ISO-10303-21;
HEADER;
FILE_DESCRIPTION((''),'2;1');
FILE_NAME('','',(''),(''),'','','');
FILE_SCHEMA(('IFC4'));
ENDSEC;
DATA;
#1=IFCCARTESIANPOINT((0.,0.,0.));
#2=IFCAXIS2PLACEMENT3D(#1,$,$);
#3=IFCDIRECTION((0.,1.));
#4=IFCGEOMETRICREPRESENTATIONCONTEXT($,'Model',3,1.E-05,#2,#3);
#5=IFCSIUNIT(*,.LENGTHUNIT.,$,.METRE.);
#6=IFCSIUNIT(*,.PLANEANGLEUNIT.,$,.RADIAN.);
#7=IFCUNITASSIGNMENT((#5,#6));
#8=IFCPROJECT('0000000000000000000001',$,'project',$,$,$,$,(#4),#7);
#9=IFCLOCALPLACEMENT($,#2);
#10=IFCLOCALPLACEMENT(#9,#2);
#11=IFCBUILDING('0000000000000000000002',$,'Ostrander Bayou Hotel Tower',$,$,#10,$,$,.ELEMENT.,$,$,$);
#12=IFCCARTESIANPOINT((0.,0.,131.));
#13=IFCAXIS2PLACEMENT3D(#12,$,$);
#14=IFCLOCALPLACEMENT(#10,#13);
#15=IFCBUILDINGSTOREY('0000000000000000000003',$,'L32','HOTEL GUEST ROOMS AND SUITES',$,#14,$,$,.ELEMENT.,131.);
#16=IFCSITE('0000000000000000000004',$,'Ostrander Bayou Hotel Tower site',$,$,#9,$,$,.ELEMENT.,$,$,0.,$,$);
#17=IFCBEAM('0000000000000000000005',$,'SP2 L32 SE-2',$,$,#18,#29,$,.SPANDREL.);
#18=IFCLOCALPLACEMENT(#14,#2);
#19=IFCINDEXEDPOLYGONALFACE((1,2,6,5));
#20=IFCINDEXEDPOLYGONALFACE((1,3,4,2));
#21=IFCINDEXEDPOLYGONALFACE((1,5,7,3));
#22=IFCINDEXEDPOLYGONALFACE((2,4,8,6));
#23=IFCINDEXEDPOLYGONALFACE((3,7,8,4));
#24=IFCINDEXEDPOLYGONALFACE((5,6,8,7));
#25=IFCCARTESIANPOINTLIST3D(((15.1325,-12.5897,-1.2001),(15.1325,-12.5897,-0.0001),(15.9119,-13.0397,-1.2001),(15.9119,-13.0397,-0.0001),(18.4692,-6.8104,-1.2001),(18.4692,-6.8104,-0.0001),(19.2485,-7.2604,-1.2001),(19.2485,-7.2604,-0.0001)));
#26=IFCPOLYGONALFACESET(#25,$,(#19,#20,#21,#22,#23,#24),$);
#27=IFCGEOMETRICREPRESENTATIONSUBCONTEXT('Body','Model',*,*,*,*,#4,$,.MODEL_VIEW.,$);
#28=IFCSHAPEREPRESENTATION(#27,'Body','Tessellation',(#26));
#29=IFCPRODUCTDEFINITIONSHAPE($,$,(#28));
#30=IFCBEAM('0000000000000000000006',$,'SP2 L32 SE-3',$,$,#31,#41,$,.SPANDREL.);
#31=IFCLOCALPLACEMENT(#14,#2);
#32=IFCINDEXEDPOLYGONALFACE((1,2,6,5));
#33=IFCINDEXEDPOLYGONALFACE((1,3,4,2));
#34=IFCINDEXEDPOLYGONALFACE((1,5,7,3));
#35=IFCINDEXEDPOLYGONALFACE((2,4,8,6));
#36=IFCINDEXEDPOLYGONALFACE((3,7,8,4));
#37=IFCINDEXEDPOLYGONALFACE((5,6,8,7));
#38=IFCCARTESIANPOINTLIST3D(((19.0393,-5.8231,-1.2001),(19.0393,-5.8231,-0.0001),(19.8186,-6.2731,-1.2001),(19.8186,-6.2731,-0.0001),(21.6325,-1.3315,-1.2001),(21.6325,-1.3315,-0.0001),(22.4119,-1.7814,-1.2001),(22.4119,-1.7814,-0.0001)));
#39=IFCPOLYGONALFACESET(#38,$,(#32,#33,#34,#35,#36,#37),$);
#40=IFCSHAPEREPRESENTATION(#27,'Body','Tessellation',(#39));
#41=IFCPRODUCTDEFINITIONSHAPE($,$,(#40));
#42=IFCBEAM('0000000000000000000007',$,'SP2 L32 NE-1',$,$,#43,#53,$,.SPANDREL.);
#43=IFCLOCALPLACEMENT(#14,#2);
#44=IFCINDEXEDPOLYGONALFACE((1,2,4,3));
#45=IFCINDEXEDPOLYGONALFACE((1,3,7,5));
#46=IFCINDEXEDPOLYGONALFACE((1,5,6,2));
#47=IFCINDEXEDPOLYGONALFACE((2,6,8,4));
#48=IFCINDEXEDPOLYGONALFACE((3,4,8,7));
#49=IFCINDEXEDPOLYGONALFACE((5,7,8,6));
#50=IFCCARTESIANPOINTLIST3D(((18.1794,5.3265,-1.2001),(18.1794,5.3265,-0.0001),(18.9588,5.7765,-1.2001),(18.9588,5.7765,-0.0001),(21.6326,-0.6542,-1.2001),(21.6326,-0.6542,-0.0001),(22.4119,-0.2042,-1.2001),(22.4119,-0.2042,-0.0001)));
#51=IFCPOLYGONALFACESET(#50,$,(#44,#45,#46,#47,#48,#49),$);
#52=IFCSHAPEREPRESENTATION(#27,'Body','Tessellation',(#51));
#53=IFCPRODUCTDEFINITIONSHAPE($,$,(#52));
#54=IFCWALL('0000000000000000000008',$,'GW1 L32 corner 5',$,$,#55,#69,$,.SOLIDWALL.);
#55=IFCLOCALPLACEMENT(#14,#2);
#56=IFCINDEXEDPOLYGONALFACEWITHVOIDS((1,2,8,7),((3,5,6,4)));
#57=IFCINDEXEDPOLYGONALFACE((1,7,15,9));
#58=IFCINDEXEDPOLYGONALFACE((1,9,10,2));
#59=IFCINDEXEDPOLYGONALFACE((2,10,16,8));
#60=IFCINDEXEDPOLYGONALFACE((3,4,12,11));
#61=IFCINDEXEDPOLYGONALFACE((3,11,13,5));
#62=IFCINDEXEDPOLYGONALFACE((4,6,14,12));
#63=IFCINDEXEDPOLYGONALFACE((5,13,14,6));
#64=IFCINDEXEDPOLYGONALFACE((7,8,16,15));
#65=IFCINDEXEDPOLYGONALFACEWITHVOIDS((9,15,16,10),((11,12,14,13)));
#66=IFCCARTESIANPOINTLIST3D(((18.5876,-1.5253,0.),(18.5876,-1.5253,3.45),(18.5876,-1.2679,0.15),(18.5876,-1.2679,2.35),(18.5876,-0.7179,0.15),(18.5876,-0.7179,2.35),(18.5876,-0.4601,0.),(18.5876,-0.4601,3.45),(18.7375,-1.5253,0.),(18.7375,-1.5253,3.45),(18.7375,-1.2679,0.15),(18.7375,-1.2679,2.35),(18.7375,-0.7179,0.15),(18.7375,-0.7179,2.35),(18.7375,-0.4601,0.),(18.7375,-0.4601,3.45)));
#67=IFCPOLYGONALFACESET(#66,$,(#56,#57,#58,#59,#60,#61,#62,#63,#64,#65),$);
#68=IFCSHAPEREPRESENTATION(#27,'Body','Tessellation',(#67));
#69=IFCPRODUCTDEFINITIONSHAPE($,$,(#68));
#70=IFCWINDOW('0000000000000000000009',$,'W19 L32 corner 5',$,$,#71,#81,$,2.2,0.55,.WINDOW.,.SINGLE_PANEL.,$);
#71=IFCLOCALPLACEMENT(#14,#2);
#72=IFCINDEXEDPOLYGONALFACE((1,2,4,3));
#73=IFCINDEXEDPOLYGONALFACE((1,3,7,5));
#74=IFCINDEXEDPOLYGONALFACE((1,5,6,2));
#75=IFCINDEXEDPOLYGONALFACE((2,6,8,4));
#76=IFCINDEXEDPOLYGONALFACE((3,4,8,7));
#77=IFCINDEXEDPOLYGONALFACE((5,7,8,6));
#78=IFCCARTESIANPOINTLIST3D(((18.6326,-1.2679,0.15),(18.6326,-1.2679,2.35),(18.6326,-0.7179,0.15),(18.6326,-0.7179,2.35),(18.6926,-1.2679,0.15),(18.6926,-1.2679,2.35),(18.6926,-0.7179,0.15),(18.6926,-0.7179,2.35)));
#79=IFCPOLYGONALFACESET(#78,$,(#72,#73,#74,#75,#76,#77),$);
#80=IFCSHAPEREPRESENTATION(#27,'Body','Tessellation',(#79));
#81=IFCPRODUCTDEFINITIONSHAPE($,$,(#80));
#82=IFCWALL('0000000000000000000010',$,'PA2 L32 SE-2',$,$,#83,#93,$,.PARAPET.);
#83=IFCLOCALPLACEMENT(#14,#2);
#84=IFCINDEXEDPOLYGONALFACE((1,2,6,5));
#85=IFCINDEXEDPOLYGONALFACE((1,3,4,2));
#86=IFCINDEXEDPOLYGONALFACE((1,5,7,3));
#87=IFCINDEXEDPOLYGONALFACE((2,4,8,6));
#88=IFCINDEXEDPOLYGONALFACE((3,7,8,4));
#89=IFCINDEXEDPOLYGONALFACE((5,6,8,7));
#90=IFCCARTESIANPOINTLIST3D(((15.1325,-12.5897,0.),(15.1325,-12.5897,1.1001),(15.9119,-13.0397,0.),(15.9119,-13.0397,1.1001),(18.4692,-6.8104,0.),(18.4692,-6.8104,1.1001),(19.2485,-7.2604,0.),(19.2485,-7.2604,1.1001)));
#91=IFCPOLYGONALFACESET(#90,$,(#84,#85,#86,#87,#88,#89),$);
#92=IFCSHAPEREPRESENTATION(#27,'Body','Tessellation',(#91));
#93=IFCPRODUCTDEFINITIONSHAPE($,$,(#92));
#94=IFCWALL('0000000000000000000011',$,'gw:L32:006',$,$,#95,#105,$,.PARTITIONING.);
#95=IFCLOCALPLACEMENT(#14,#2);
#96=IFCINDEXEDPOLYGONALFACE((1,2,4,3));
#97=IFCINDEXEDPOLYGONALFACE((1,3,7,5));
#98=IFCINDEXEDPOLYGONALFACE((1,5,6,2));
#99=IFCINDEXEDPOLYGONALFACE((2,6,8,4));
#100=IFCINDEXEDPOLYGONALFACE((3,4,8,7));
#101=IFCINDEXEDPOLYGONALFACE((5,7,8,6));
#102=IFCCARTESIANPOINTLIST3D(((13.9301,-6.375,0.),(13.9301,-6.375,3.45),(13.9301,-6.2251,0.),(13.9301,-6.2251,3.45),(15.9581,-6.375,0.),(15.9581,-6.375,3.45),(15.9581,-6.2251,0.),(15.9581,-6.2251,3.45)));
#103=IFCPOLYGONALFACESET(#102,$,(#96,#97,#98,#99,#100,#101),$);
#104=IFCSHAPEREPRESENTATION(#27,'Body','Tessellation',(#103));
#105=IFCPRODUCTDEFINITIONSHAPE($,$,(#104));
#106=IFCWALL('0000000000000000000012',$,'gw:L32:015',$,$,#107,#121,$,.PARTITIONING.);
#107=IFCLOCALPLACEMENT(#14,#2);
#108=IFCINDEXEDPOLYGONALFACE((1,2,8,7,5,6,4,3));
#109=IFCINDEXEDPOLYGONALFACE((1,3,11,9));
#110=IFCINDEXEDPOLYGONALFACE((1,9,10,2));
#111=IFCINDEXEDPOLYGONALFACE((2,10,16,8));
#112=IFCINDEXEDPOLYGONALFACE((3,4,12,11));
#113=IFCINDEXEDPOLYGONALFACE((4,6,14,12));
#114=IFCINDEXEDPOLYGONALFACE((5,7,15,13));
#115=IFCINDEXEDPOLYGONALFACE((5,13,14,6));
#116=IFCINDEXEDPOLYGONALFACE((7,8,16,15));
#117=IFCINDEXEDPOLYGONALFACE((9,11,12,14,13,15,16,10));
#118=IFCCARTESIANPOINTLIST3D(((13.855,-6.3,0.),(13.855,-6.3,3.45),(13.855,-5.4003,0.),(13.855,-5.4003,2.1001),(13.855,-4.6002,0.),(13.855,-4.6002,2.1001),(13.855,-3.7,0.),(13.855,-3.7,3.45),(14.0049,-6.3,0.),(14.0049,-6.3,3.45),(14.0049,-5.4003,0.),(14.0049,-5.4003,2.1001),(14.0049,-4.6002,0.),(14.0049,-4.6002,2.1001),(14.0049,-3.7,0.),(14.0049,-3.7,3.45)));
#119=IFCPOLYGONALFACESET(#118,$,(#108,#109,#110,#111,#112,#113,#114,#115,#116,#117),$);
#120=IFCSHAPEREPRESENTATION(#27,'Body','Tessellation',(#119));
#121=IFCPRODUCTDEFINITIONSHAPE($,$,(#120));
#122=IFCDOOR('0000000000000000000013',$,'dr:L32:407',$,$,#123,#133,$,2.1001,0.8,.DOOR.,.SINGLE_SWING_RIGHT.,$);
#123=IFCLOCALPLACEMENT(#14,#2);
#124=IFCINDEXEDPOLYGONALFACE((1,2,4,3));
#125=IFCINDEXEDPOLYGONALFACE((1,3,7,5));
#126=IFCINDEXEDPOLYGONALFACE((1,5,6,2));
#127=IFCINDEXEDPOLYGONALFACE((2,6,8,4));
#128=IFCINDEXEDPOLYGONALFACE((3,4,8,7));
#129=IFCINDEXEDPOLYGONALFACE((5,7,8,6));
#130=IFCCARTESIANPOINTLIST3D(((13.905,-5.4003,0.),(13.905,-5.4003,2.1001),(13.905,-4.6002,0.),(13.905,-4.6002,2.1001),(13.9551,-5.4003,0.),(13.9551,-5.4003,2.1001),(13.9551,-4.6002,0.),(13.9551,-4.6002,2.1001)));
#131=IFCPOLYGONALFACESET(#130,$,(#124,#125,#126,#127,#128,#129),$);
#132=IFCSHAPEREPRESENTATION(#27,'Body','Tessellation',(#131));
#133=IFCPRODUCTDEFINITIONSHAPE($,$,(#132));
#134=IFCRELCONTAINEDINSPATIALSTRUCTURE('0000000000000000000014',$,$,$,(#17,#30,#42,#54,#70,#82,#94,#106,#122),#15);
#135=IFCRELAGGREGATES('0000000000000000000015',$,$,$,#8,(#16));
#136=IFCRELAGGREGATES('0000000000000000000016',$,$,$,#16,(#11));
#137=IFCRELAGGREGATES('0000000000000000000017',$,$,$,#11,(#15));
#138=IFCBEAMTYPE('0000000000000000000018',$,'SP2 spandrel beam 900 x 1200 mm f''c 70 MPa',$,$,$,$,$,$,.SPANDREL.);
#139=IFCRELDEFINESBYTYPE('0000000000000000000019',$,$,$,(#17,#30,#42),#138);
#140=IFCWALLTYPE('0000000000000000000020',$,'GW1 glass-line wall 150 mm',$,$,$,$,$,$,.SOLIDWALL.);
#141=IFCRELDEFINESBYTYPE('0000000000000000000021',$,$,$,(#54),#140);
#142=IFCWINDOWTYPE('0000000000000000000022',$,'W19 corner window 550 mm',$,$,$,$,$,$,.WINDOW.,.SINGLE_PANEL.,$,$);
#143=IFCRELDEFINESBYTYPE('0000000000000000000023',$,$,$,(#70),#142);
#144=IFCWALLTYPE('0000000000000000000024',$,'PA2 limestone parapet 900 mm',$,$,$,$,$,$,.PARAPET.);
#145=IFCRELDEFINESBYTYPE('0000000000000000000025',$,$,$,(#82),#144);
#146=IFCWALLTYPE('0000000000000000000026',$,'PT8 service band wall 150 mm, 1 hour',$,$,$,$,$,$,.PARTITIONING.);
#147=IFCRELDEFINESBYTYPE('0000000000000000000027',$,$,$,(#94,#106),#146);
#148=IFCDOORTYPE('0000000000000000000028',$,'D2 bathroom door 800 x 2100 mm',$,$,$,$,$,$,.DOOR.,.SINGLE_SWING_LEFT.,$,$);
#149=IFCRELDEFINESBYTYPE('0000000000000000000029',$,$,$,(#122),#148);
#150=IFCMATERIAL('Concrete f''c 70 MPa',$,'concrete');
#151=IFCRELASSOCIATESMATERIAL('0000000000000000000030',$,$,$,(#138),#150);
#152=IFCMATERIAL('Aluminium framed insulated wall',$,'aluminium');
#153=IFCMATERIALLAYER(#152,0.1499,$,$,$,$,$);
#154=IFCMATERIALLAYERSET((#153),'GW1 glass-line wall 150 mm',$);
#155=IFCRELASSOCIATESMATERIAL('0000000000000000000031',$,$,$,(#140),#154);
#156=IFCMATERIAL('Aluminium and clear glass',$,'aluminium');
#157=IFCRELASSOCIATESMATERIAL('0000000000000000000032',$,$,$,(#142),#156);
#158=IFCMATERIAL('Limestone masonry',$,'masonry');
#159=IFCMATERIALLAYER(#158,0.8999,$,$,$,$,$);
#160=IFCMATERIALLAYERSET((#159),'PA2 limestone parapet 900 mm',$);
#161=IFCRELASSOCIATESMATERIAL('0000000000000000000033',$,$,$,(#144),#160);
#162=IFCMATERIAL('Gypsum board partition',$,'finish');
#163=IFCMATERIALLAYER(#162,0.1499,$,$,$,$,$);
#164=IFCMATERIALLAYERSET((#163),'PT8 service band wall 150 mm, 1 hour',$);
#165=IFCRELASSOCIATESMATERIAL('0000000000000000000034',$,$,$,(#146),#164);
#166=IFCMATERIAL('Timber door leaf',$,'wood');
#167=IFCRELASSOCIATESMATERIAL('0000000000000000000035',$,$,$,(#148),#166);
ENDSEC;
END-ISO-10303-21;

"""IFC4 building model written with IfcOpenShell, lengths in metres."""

from ifc_helpers import new_model, si_unit, direction, frame, frame_2d, origin, origin_2d, place, context, subcontext, project, spatial, rectangle, extrude, material, layer, layer_set, material_profile, profile_set, type_object, element, fill, save


model = new_model("IFC4")

# Units and contexts
model_context = context("Model", 3, precision=1e-05, world=origin(), true_north=direction((0.0, 1.0)))
body_context = subcontext(model_context, "Body", "Model", "MODEL_VIEW")
ifc_project = project(units=[si_unit("LENGTHUNIT", "METRE"), si_unit("PLANEANGLEUNIT", "RADIAN")], contexts=[model_context])

# Site, building, storey
site_placement = place(None, origin())
site = spatial("IfcSite", under=ifc_project, at=site_placement, Name="Ostrander Bayou Hotel Tower site", CompositionType="ELEMENT", RefElevation=0.0)
building_placement = place(site_placement, origin())
building = spatial("IfcBuilding", under=site, at=building_placement, Name="Ostrander Bayou Hotel Tower", CompositionType="ELEMENT")
storey_placement = place(building_placement, frame((0.0, 0.0, 131.0)))
storey = spatial("IfcBuildingStorey", under=building, at=storey_placement, Name="L32", Description="HOTEL GUEST ROOMS AND SUITES", CompositionType="ELEMENT", Elevation=131.0)

# Beams
ifc_material_1 = material(Name="Concrete f'c 70 MPa", Category="concrete")
ifc_material_profile_1 = material_profile(ifc_material_1, rectangle(XDim=0.8999, YDim=1.2, at=origin_2d()))
ifc_profile_set_1 = profile_set([ifc_material_profile_1], Name="Concrete f'c 70 MPa")
beam_type_1 = type_object("IfcBeamType", Name="SP2 spandrel beam 900 x 1200 mm f'c 70 MPa", PredefinedType="SPANDREL", material=ifc_profile_set_1)
beam_1_placement = place(storey_placement, frame((15.5222, -12.8147, -0.6001), z_axis=(0.499999, 0.866026, 0.0), x_axis=(-0.866026, 0.499999, 0.0)))
element("IfcBeam", 1, at=beam_1_placement, inside=storey, type_object=beam_type_1, Name="SP2 L32 SE-2", PredefinedType="SPANDREL", context=body_context, shape_type="SweptSolid", body=[
    extrude(rectangle(XDim=0.8999, YDim=1.2, at=origin_2d()), origin(), (0.0, 0.0, 1.0), 6.6733),
])
beam_2_placement = place(storey_placement, frame((19.429, -6.0481, -0.6001), z_axis=(0.499997, 0.866027, 0.0), x_axis=(-0.866027, 0.499997, 0.0)))
element("IfcBeam", 2, at=beam_2_placement, inside=storey, type_object=beam_type_1, Name="SP2 L32 SE-3", PredefinedType="SPANDREL", context=body_context, shape_type="SweptSolid", body=[
    extrude(rectangle(XDim=0.8999, YDim=1.2, at=origin_2d()), origin(), (0.0, 0.0, 1.0), 5.1865),
])
beam_3_placement = place(storey_placement, frame((22.0222, -0.4292, -0.6001), z_axis=(-0.500017, 0.866015, 0.0), x_axis=(-0.866015, -0.500017, 0.0)))
element("IfcBeam", 3, at=beam_3_placement, inside=storey, type_object=beam_type_1, Name="SP2 L32 NE-1", PredefinedType="SPANDREL", context=body_context, shape_type="SweptSolid", body=[
    extrude(rectangle(XDim=0.8999, YDim=1.2, at=origin_2d()), origin(), (0.0, 0.0, 1.0), 6.906),
])

# Wall, opening, window
ifc_material_2 = material(Name="Aluminium framed insulated wall", Category="aluminium")
ifc_layer_1 = layer(ifc_material_2, 0.1499)
ifc_layer_set_1 = layer_set([ifc_layer_1], Name="GW1 glass-line wall 150 mm")
wall_type_1 = type_object("IfcWallType", Name="GW1 glass-line wall 150 mm", PredefinedType="SOLIDWALL", material=ifc_layer_set_1)
wall_1_placement = place(storey_placement, frame((18.6626, -1.5254, 0.0), z_axis=(0.0, 0.0, 1.0), x_axis=(0.0, 1.0, 0.0)))
wall_1 = element("IfcWall", 4, at=wall_1_placement, inside=storey, type_object=wall_type_1, Name="GW1 L32 corner 5", PredefinedType="SOLIDWALL", context=body_context, shape_type="SweptSolid", body=[
    extrude(rectangle(XDim=1.0652, YDim=0.1499, at=frame_2d((0.5327, 0.0))), origin(), (0.0, 0.0, 1.0), 3.45),
])
opening_1_placement = place(wall_1_placement, frame((0.2576, 0.0, 0.1499)))
opening_1 = element("IfcOpeningElement", 5, at=opening_1_placement, cuts=wall_1, PredefinedType="OPENING", context=body_context, shape_type="SweptSolid", body=[
    extrude(rectangle(XDim=0.55, YDim=2.2, at=frame_2d((0.2749, 1.1001))), frame((0.0, 0.075, 0.0), z_axis=(0.0, -1.0, 0.0), x_axis=(1.0, 0.0, 0.0)), (0.0, 0.0, 1.0), 0.1499),
])
ifc_material_3 = material(Name="Aluminium and clear glass", Category="aluminium")
window_type = type_object("IfcWindowType", Name="W19 corner window 550 mm", PartitioningType="SINGLE_PANEL", PredefinedType="WINDOW", material=ifc_material_3)
window_placement = place(opening_1_placement, origin())
window = element("IfcWindow", 6, at=window_placement, inside=storey, type_object=window_type, Name="W19 L32 corner 5", OverallHeight=2.2, OverallWidth=0.55, PartitioningType="SINGLE_PANEL", PredefinedType="WINDOW", context=body_context, shape_type="SweptSolid", body=[
    extrude(rectangle(XDim=0.55, YDim=2.2, at=frame_2d((0.2749, 1.1001))), frame((0.0, 0.03, 0.0), z_axis=(0.0, -1.0, 0.0), x_axis=(1.0, 0.0, 0.0)), (0.0, 0.0, 1.0), 0.0601),
])
fill(opening_1, window)

# Walls
ifc_material_4 = material(Name="Limestone masonry", Category="masonry")
ifc_layer_2 = layer(ifc_material_4, 0.8999)
ifc_layer_set_2 = layer_set([ifc_layer_2], Name="PA2 limestone parapet 900 mm")
wall_type_2 = type_object("IfcWallType", Name="PA2 limestone parapet 900 mm", PredefinedType="PARAPET", material=ifc_layer_set_2)
wall_2_placement = place(storey_placement, frame((15.5222, -12.8147, 0.0), z_axis=(0.0, 0.0, 1.0), x_axis=(0.499999, 0.866026, 0.0)))
element("IfcWall", 7, at=wall_2_placement, inside=storey, type_object=wall_type_2, Name="PA2 L32 SE-2", PredefinedType="PARAPET", context=body_context, shape_type="SweptSolid", body=[
    extrude(rectangle(XDim=6.6733, YDim=0.8999, at=frame_2d((3.3367, 0.0))), origin(), (0.0, 0.0, 1.0), 1.1001),
])
ifc_material_5 = material(Name="Gypsum board partition", Category="finish")
ifc_layer_3 = layer(ifc_material_5, 0.1499)
ifc_layer_set_3 = layer_set([ifc_layer_3], Name="PT8 service band wall 150 mm, 1 hour")
wall_type_3 = type_object("IfcWallType", Name="PT8 service band wall 150 mm, 1 hour", PredefinedType="PARTITIONING", material=ifc_layer_set_3)
wall_3_placement = place(storey_placement, frame((13.9299, -6.3, 0.0), z_axis=(0.0, 0.0, 1.0), x_axis=(1.0, 0.0, 0.0)))
element("IfcWall", 8, at=wall_3_placement, inside=storey, type_object=wall_type_3, Name="gw:L32:006", PredefinedType="PARTITIONING", context=body_context, shape_type="SweptSolid", body=[
    extrude(rectangle(XDim=2.0281, YDim=0.1499, at=frame_2d((1.0142, 0.0))), origin(), (0.0, 0.0, 1.0), 3.45),
])

# Wall, opening, door
wall_4_placement = place(storey_placement, frame((13.9299, -6.3, 0.0), z_axis=(0.0, 0.0, 1.0), x_axis=(0.0, 1.0, 0.0)))
wall_4 = element("IfcWall", 9, at=wall_4_placement, inside=storey, type_object=wall_type_3, Name="gw:L32:015", PredefinedType="PARTITIONING", context=body_context, shape_type="SweptSolid", body=[
    extrude(rectangle(XDim=2.6001, YDim=0.1499, at=frame_2d((1.3, 0.0))), origin(), (0.0, 0.0, 1.0), 3.45),
])
opening_2_placement = place(wall_4_placement, frame((0.8999, 0.0, 0.0)))
opening_2 = element("IfcOpeningElement", 10, at=opening_2_placement, cuts=wall_4, PredefinedType="OPENING", context=body_context, shape_type="SweptSolid", body=[
    extrude(rectangle(XDim=0.8, YDim=2.1001, at=frame_2d((0.3999, 1.05))), frame((0.0, 0.075, 0.0), z_axis=(0.0, -1.0, 0.0), x_axis=(1.0, 0.0, 0.0)), (0.0, 0.0, 1.0), 0.1499),
])
ifc_material_6 = material(Name="Timber door leaf", Category="wood")
door_type_1 = type_object("IfcDoorType", Name="D2 bathroom door 800 x 2100 mm", OperationType="SINGLE_SWING_LEFT", PredefinedType="DOOR", material=ifc_material_6)
door_1_placement = place(opening_2_placement, origin())
door_1 = element("IfcDoor", 11, at=door_1_placement, inside=storey, type_object=door_type_1, Name="dr:L32:407", OperationType="SINGLE_SWING_RIGHT", OverallHeight=2.1001, OverallWidth=0.8, PredefinedType="DOOR", context=body_context, shape_type="SweptSolid", body=[
    extrude(rectangle(XDim=0.8, YDim=2.1001, at=frame_2d((0.3999, 1.05))), frame((0.0, 0.0249, 0.0), z_axis=(0.0, -1.0, 0.0), x_axis=(1.0, 0.0, 0.0)), (0.0, 0.0, 1.0), 0.05),
])
fill(opening_2, door_1)

save(model, "model.ifc")
